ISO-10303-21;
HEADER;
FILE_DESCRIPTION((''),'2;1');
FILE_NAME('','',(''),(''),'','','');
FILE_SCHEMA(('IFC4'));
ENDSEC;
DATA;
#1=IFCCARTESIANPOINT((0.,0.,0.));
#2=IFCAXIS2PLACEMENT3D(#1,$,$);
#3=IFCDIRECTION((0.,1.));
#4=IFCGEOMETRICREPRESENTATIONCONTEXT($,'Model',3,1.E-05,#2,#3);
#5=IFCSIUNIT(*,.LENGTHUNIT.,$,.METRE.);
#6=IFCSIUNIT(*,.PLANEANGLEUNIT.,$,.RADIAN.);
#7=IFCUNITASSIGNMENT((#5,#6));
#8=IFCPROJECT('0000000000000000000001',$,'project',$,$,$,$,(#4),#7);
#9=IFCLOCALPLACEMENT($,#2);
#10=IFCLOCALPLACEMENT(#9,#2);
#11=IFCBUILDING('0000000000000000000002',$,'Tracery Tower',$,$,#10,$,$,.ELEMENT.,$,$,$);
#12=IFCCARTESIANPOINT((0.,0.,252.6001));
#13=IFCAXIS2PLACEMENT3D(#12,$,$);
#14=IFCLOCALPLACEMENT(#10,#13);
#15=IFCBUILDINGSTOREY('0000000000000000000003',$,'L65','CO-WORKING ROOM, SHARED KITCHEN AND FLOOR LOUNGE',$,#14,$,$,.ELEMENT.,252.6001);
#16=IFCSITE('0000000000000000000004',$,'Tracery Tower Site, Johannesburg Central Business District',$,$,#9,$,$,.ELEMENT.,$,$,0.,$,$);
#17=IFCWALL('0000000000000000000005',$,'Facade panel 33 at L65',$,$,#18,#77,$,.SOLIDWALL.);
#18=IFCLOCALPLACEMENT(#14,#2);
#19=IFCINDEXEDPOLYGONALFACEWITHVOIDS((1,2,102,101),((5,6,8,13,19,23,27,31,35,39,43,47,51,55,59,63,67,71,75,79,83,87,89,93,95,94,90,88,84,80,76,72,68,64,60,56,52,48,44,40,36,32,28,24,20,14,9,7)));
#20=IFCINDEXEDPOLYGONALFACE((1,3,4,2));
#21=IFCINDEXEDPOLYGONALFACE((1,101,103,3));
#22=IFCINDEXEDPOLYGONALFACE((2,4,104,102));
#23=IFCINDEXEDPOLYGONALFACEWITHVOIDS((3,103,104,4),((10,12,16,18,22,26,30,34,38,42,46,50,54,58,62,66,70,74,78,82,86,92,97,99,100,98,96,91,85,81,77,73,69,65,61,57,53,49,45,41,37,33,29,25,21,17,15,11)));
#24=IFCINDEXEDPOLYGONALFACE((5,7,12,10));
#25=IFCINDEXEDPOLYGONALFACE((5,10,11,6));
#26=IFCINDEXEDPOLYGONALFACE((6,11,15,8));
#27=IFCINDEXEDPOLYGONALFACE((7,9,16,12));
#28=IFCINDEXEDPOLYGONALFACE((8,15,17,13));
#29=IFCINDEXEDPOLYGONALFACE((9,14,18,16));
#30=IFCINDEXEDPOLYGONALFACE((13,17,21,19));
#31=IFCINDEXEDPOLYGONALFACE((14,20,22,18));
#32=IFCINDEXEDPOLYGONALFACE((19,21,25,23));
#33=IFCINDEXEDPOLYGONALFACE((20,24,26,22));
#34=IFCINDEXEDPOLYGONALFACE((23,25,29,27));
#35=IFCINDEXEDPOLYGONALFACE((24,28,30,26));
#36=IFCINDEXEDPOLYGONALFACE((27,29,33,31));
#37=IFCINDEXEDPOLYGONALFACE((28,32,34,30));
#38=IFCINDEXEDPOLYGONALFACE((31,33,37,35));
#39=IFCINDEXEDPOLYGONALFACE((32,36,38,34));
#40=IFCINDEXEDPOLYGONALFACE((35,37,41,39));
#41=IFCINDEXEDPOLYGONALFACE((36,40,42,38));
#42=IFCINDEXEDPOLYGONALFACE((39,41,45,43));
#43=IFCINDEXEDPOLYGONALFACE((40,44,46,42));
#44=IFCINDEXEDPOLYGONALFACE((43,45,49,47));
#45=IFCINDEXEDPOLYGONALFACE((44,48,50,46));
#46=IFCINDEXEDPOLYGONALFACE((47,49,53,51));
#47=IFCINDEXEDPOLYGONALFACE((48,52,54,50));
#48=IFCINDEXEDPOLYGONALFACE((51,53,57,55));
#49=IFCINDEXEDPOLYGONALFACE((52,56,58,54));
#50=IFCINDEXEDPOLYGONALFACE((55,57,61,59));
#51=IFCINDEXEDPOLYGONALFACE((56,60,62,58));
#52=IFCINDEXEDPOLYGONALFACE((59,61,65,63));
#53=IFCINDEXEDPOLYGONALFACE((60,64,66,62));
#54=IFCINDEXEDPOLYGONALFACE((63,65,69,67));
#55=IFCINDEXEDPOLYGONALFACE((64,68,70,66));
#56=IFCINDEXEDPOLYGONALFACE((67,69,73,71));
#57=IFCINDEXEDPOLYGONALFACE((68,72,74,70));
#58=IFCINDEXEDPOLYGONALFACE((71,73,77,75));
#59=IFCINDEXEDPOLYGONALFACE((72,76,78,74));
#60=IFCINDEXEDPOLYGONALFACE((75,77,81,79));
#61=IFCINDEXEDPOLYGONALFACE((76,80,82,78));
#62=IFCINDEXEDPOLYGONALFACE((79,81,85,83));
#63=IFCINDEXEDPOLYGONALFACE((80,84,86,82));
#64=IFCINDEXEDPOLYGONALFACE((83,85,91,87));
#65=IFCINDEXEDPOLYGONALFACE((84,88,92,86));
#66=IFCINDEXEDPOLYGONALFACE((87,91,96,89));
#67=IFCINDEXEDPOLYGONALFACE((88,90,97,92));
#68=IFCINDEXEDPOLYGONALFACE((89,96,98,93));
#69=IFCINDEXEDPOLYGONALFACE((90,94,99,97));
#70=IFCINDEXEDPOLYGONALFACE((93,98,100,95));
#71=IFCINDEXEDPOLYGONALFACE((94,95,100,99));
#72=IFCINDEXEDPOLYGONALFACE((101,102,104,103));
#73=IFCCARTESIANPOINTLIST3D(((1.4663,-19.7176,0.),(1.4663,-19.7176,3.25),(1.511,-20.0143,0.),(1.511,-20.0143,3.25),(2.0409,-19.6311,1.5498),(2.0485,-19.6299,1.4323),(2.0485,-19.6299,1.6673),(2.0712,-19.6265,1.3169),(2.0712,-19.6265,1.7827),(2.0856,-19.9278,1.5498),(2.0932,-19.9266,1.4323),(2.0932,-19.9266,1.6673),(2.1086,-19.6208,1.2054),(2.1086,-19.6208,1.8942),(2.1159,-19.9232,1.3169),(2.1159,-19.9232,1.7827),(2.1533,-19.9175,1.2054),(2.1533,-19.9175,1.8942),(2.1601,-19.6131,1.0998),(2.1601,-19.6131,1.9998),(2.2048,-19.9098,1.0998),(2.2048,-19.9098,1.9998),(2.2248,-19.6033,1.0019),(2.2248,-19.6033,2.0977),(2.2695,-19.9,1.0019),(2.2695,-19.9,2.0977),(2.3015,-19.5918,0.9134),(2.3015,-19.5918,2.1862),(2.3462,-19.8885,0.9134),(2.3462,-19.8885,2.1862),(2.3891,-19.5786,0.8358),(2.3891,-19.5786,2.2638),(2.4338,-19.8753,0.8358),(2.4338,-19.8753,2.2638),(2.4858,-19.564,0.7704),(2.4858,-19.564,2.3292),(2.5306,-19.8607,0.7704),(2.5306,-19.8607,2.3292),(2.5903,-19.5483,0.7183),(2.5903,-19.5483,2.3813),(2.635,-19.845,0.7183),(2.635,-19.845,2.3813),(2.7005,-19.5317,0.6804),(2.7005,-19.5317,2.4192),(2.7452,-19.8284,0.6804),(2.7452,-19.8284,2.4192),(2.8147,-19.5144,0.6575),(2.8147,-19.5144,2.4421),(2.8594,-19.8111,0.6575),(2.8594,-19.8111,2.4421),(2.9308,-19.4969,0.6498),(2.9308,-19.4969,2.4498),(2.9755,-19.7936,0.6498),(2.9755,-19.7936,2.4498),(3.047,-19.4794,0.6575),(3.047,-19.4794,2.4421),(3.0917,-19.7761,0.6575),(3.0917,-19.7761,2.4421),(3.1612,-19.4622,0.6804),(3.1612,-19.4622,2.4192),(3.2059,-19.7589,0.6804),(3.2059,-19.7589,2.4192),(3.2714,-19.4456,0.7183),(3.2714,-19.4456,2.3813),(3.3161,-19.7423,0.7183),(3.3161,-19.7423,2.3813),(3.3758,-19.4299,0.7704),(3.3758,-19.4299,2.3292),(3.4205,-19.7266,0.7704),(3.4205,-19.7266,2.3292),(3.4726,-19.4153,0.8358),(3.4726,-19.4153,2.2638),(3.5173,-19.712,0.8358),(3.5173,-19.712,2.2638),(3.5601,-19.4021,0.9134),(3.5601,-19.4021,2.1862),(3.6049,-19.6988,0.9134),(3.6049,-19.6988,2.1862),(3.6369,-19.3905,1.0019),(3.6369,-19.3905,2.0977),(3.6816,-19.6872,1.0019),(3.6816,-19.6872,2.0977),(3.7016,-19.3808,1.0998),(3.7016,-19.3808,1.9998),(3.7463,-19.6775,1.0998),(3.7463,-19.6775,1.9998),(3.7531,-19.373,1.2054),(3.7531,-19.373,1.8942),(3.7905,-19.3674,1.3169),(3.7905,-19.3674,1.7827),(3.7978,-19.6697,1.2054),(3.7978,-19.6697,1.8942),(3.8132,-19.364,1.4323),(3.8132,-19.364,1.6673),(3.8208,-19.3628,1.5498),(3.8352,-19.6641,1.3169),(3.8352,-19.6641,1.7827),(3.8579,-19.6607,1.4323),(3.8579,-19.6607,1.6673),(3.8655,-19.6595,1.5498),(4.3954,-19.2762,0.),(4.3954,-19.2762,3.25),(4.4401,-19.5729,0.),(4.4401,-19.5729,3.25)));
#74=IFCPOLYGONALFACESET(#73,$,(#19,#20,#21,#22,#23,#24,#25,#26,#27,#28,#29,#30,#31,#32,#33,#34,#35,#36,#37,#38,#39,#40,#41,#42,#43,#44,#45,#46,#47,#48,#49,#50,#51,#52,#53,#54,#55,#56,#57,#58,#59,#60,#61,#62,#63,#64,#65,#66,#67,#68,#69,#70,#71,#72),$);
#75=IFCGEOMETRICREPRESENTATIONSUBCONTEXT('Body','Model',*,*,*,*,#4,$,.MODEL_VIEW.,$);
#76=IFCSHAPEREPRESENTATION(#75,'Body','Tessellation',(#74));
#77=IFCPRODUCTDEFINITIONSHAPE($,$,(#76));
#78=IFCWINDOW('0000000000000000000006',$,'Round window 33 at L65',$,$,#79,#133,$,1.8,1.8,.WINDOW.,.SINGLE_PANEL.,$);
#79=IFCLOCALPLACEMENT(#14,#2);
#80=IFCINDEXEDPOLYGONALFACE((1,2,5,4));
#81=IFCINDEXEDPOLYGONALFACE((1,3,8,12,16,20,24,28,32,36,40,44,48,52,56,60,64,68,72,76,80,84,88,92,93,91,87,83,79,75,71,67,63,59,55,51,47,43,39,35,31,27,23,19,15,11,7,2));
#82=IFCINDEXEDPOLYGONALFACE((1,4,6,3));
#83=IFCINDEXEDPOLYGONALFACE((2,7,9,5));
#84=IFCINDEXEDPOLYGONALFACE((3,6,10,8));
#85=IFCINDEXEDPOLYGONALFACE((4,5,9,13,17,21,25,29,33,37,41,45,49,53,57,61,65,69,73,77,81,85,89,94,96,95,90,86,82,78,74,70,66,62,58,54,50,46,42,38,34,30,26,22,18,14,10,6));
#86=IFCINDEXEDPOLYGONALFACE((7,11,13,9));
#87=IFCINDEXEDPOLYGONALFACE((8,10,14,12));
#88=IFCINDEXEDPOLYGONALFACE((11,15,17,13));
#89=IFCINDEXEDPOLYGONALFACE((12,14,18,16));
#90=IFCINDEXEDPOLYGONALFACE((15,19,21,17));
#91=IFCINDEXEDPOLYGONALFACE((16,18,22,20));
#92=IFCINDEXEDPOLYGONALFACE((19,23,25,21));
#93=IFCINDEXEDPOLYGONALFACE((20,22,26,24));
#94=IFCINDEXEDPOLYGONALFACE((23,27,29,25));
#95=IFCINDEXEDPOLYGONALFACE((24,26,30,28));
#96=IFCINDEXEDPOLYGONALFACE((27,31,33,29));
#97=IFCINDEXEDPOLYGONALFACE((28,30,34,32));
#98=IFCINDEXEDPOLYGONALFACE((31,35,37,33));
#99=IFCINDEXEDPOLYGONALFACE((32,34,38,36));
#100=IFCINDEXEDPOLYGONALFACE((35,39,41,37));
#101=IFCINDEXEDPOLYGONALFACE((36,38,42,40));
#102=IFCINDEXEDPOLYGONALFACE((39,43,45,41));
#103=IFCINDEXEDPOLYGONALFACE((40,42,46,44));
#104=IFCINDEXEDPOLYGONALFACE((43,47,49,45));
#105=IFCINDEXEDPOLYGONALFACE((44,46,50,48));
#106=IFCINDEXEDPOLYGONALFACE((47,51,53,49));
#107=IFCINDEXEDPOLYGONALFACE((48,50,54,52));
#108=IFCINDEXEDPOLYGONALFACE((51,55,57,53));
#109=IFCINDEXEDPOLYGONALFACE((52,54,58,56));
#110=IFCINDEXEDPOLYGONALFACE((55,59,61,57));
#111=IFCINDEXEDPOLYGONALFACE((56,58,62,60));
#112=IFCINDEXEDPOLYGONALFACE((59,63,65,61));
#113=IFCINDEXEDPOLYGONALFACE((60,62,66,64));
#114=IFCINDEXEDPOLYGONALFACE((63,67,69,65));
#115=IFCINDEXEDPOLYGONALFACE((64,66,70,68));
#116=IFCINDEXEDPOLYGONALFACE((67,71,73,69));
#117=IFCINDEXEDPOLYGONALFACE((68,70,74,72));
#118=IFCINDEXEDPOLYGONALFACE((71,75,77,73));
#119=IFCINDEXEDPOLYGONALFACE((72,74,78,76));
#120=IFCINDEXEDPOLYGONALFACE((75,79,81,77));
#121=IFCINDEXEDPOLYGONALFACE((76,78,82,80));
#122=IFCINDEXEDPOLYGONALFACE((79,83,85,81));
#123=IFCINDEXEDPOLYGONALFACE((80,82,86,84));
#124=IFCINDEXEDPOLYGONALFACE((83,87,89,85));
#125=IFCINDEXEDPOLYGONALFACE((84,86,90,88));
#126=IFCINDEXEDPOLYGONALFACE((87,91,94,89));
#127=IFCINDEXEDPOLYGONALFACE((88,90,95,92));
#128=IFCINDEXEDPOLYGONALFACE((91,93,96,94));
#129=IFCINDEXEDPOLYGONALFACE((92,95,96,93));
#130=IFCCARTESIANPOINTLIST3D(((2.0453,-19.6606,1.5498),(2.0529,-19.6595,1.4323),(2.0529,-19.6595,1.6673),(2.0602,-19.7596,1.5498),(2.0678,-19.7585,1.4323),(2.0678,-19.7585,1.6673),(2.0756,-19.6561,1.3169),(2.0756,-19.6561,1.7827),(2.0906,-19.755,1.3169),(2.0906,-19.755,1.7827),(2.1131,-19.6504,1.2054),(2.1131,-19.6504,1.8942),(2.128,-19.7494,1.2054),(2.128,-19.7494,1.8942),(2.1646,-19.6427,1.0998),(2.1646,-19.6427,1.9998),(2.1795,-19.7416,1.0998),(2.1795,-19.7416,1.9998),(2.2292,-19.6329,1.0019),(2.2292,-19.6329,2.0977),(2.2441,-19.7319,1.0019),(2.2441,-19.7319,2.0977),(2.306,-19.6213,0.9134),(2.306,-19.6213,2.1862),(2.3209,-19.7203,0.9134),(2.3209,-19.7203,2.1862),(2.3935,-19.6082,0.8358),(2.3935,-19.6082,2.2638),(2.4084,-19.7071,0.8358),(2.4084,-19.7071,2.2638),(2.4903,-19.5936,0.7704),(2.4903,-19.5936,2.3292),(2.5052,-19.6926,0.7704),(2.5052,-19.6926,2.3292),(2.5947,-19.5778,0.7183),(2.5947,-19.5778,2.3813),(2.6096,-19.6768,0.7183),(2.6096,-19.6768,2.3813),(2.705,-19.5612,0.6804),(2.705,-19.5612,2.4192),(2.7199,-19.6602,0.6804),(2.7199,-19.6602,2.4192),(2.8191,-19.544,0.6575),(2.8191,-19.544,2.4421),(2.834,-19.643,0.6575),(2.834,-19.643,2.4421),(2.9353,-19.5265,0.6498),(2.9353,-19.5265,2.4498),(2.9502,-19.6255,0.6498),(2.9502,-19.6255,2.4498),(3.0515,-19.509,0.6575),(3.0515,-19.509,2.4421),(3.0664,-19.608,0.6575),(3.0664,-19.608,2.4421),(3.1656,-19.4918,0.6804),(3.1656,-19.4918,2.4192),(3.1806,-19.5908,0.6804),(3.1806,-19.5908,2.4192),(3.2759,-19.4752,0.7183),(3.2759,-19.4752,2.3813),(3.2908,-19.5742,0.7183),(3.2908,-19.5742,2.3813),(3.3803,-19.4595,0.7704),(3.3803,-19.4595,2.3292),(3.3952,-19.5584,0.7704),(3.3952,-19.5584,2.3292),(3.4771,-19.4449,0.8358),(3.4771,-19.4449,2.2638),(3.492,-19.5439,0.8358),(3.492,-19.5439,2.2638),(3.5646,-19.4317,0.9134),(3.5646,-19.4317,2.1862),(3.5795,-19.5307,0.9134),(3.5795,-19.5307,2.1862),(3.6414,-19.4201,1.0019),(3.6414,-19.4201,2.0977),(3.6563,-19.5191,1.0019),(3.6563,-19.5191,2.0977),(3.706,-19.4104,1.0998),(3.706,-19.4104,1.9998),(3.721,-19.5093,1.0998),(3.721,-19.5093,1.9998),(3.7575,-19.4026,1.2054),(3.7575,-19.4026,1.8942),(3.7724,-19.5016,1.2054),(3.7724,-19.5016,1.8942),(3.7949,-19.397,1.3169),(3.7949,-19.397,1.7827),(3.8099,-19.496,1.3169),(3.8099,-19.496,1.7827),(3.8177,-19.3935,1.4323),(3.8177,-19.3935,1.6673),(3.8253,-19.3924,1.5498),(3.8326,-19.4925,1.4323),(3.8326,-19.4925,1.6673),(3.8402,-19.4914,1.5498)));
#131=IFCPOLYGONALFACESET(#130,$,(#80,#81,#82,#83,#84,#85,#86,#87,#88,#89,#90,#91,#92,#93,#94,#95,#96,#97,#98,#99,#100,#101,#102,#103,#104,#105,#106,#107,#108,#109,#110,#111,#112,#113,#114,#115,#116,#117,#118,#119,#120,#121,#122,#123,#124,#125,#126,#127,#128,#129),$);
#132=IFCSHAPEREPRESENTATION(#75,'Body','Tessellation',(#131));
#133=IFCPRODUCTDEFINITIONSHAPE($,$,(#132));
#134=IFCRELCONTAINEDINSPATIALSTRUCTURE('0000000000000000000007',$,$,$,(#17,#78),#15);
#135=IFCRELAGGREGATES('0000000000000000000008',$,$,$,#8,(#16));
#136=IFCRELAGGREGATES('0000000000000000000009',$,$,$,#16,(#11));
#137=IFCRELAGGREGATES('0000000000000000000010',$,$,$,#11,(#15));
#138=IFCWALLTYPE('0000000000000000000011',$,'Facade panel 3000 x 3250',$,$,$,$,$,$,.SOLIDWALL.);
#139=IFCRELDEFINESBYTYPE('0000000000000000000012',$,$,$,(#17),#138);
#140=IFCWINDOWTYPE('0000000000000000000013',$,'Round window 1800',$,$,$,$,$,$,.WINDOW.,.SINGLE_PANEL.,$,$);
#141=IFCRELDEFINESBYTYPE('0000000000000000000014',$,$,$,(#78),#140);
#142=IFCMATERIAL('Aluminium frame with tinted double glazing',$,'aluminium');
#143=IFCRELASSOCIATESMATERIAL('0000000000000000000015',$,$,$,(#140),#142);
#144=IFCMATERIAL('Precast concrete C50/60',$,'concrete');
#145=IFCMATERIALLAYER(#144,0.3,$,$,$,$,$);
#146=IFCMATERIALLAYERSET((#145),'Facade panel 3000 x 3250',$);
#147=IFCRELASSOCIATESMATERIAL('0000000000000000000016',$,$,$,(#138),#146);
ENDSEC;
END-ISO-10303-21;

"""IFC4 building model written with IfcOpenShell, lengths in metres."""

from ifc_helpers import new_model, si_unit, direction, frame, frame_2d, origin, origin_2d, place, context, subcontext, project, spatial, rectangle, circle, extrude, material, layer, layer_set, type_object, element, fill, save


model = new_model("IFC4")

# Units and contexts
model_context = context("Model", 3, precision=1e-05, world=origin(), true_north=direction((0.0, 1.0)))
body_context = subcontext(model_context, "Body", "Model", "MODEL_VIEW")
ifc_project = project(units=[si_unit("LENGTHUNIT", "METRE"), si_unit("PLANEANGLEUNIT", "RADIAN")], contexts=[model_context])

# Site, building, storey
site_placement = place(None, origin())
site = spatial("IfcSite", under=ifc_project, at=site_placement, Name="Tracery Tower Site, Johannesburg Central Business District", CompositionType="ELEMENT", RefElevation=0.0)
building_placement = place(site_placement, origin())
building = spatial("IfcBuilding", under=site, at=building_placement, Name="Tracery Tower", CompositionType="ELEMENT")
storey_placement = place(building_placement, frame((0.0, 0.0, 252.6001)))
storey = spatial("IfcBuildingStorey", under=building, at=storey_placement, Name="L65", Description="CO-WORKING ROOM, SHARED KITCHEN AND FLOOR LOUNGE", CompositionType="ELEMENT", Elevation=252.6001)

# Wall, opening, window
ifc_material_1 = material(Name="Aluminium frame with tinted double glazing", Category="aluminium")
window_type = type_object("IfcWindowType", Name="Round window 1800", PartitioningType="SINGLE_PANEL", PredefinedType="WINDOW", material=ifc_material_1)
ifc_material_2 = material(Name="Precast concrete C50/60", Category="concrete")
ifc_layer_1 = layer(ifc_material_2, 0.3)
ifc_layer_set_1 = layer_set([ifc_layer_1], Name="Facade panel 3000 x 3250")
wall_type_1 = type_object("IfcWallType", Name="Facade panel 3000 x 3250", PredefinedType="SOLIDWALL", material=ifc_layer_set_1)
wall_1_placement = place(storey_placement, frame((1.4888, -19.866, 0.0), z_axis=(0.0, 0.0, 1.0), x_axis=(0.988836, 0.149009, 0.0)))
wall_1 = element("IfcWall", 1, at=wall_1_placement, inside=storey, type_object=wall_type_1, Name="Facade panel 33 at L65", PredefinedType="SOLIDWALL", context=body_context, shape_type="SweptSolid", body=[
    extrude(rectangle(XDim=2.9622, YDim=0.3, at=frame_2d((1.481, 0.0))), origin(), (0.0, 0.0, 1.0), 3.25),
])
opening_1_placement = place(wall_1_placement, frame((1.481, 0.0, 1.5498)))
opening_1 = element("IfcOpeningElement", 2, at=opening_1_placement, cuts=wall_1, PredefinedType="OPENING", context=body_context, shape_type="SweptSolid", body=[
    extrude(circle(Radius=0.9, at=origin_2d()), frame((0.0, 0.1599, 0.0), z_axis=(0.0, -1.0, 0.0), x_axis=(1.0, 0.0, 0.0)), (0.0, 0.0, 1.0), 0.3201),
])
window_1_placement = place(opening_1_placement, origin())
window_1 = element("IfcWindow", 3, at=window_1_placement, inside=storey, type_object=window_type, Name="Round window 33 at L65", OverallHeight=1.8, OverallWidth=1.8, PartitioningType="SINGLE_PANEL", PredefinedType="WINDOW", context=body_context, shape_type="SweptSolid", body=[
    extrude(circle(Radius=0.9, at=origin_2d()), frame((0.0, 0.1201, 0.0), z_axis=(0.0, -1.0, 0.0), x_axis=(1.0, 0.0, 0.0)), (0.0, 0.0, 1.0), 0.1001),
])
fill(opening_1, window_1)

save(model, "model.ifc")
